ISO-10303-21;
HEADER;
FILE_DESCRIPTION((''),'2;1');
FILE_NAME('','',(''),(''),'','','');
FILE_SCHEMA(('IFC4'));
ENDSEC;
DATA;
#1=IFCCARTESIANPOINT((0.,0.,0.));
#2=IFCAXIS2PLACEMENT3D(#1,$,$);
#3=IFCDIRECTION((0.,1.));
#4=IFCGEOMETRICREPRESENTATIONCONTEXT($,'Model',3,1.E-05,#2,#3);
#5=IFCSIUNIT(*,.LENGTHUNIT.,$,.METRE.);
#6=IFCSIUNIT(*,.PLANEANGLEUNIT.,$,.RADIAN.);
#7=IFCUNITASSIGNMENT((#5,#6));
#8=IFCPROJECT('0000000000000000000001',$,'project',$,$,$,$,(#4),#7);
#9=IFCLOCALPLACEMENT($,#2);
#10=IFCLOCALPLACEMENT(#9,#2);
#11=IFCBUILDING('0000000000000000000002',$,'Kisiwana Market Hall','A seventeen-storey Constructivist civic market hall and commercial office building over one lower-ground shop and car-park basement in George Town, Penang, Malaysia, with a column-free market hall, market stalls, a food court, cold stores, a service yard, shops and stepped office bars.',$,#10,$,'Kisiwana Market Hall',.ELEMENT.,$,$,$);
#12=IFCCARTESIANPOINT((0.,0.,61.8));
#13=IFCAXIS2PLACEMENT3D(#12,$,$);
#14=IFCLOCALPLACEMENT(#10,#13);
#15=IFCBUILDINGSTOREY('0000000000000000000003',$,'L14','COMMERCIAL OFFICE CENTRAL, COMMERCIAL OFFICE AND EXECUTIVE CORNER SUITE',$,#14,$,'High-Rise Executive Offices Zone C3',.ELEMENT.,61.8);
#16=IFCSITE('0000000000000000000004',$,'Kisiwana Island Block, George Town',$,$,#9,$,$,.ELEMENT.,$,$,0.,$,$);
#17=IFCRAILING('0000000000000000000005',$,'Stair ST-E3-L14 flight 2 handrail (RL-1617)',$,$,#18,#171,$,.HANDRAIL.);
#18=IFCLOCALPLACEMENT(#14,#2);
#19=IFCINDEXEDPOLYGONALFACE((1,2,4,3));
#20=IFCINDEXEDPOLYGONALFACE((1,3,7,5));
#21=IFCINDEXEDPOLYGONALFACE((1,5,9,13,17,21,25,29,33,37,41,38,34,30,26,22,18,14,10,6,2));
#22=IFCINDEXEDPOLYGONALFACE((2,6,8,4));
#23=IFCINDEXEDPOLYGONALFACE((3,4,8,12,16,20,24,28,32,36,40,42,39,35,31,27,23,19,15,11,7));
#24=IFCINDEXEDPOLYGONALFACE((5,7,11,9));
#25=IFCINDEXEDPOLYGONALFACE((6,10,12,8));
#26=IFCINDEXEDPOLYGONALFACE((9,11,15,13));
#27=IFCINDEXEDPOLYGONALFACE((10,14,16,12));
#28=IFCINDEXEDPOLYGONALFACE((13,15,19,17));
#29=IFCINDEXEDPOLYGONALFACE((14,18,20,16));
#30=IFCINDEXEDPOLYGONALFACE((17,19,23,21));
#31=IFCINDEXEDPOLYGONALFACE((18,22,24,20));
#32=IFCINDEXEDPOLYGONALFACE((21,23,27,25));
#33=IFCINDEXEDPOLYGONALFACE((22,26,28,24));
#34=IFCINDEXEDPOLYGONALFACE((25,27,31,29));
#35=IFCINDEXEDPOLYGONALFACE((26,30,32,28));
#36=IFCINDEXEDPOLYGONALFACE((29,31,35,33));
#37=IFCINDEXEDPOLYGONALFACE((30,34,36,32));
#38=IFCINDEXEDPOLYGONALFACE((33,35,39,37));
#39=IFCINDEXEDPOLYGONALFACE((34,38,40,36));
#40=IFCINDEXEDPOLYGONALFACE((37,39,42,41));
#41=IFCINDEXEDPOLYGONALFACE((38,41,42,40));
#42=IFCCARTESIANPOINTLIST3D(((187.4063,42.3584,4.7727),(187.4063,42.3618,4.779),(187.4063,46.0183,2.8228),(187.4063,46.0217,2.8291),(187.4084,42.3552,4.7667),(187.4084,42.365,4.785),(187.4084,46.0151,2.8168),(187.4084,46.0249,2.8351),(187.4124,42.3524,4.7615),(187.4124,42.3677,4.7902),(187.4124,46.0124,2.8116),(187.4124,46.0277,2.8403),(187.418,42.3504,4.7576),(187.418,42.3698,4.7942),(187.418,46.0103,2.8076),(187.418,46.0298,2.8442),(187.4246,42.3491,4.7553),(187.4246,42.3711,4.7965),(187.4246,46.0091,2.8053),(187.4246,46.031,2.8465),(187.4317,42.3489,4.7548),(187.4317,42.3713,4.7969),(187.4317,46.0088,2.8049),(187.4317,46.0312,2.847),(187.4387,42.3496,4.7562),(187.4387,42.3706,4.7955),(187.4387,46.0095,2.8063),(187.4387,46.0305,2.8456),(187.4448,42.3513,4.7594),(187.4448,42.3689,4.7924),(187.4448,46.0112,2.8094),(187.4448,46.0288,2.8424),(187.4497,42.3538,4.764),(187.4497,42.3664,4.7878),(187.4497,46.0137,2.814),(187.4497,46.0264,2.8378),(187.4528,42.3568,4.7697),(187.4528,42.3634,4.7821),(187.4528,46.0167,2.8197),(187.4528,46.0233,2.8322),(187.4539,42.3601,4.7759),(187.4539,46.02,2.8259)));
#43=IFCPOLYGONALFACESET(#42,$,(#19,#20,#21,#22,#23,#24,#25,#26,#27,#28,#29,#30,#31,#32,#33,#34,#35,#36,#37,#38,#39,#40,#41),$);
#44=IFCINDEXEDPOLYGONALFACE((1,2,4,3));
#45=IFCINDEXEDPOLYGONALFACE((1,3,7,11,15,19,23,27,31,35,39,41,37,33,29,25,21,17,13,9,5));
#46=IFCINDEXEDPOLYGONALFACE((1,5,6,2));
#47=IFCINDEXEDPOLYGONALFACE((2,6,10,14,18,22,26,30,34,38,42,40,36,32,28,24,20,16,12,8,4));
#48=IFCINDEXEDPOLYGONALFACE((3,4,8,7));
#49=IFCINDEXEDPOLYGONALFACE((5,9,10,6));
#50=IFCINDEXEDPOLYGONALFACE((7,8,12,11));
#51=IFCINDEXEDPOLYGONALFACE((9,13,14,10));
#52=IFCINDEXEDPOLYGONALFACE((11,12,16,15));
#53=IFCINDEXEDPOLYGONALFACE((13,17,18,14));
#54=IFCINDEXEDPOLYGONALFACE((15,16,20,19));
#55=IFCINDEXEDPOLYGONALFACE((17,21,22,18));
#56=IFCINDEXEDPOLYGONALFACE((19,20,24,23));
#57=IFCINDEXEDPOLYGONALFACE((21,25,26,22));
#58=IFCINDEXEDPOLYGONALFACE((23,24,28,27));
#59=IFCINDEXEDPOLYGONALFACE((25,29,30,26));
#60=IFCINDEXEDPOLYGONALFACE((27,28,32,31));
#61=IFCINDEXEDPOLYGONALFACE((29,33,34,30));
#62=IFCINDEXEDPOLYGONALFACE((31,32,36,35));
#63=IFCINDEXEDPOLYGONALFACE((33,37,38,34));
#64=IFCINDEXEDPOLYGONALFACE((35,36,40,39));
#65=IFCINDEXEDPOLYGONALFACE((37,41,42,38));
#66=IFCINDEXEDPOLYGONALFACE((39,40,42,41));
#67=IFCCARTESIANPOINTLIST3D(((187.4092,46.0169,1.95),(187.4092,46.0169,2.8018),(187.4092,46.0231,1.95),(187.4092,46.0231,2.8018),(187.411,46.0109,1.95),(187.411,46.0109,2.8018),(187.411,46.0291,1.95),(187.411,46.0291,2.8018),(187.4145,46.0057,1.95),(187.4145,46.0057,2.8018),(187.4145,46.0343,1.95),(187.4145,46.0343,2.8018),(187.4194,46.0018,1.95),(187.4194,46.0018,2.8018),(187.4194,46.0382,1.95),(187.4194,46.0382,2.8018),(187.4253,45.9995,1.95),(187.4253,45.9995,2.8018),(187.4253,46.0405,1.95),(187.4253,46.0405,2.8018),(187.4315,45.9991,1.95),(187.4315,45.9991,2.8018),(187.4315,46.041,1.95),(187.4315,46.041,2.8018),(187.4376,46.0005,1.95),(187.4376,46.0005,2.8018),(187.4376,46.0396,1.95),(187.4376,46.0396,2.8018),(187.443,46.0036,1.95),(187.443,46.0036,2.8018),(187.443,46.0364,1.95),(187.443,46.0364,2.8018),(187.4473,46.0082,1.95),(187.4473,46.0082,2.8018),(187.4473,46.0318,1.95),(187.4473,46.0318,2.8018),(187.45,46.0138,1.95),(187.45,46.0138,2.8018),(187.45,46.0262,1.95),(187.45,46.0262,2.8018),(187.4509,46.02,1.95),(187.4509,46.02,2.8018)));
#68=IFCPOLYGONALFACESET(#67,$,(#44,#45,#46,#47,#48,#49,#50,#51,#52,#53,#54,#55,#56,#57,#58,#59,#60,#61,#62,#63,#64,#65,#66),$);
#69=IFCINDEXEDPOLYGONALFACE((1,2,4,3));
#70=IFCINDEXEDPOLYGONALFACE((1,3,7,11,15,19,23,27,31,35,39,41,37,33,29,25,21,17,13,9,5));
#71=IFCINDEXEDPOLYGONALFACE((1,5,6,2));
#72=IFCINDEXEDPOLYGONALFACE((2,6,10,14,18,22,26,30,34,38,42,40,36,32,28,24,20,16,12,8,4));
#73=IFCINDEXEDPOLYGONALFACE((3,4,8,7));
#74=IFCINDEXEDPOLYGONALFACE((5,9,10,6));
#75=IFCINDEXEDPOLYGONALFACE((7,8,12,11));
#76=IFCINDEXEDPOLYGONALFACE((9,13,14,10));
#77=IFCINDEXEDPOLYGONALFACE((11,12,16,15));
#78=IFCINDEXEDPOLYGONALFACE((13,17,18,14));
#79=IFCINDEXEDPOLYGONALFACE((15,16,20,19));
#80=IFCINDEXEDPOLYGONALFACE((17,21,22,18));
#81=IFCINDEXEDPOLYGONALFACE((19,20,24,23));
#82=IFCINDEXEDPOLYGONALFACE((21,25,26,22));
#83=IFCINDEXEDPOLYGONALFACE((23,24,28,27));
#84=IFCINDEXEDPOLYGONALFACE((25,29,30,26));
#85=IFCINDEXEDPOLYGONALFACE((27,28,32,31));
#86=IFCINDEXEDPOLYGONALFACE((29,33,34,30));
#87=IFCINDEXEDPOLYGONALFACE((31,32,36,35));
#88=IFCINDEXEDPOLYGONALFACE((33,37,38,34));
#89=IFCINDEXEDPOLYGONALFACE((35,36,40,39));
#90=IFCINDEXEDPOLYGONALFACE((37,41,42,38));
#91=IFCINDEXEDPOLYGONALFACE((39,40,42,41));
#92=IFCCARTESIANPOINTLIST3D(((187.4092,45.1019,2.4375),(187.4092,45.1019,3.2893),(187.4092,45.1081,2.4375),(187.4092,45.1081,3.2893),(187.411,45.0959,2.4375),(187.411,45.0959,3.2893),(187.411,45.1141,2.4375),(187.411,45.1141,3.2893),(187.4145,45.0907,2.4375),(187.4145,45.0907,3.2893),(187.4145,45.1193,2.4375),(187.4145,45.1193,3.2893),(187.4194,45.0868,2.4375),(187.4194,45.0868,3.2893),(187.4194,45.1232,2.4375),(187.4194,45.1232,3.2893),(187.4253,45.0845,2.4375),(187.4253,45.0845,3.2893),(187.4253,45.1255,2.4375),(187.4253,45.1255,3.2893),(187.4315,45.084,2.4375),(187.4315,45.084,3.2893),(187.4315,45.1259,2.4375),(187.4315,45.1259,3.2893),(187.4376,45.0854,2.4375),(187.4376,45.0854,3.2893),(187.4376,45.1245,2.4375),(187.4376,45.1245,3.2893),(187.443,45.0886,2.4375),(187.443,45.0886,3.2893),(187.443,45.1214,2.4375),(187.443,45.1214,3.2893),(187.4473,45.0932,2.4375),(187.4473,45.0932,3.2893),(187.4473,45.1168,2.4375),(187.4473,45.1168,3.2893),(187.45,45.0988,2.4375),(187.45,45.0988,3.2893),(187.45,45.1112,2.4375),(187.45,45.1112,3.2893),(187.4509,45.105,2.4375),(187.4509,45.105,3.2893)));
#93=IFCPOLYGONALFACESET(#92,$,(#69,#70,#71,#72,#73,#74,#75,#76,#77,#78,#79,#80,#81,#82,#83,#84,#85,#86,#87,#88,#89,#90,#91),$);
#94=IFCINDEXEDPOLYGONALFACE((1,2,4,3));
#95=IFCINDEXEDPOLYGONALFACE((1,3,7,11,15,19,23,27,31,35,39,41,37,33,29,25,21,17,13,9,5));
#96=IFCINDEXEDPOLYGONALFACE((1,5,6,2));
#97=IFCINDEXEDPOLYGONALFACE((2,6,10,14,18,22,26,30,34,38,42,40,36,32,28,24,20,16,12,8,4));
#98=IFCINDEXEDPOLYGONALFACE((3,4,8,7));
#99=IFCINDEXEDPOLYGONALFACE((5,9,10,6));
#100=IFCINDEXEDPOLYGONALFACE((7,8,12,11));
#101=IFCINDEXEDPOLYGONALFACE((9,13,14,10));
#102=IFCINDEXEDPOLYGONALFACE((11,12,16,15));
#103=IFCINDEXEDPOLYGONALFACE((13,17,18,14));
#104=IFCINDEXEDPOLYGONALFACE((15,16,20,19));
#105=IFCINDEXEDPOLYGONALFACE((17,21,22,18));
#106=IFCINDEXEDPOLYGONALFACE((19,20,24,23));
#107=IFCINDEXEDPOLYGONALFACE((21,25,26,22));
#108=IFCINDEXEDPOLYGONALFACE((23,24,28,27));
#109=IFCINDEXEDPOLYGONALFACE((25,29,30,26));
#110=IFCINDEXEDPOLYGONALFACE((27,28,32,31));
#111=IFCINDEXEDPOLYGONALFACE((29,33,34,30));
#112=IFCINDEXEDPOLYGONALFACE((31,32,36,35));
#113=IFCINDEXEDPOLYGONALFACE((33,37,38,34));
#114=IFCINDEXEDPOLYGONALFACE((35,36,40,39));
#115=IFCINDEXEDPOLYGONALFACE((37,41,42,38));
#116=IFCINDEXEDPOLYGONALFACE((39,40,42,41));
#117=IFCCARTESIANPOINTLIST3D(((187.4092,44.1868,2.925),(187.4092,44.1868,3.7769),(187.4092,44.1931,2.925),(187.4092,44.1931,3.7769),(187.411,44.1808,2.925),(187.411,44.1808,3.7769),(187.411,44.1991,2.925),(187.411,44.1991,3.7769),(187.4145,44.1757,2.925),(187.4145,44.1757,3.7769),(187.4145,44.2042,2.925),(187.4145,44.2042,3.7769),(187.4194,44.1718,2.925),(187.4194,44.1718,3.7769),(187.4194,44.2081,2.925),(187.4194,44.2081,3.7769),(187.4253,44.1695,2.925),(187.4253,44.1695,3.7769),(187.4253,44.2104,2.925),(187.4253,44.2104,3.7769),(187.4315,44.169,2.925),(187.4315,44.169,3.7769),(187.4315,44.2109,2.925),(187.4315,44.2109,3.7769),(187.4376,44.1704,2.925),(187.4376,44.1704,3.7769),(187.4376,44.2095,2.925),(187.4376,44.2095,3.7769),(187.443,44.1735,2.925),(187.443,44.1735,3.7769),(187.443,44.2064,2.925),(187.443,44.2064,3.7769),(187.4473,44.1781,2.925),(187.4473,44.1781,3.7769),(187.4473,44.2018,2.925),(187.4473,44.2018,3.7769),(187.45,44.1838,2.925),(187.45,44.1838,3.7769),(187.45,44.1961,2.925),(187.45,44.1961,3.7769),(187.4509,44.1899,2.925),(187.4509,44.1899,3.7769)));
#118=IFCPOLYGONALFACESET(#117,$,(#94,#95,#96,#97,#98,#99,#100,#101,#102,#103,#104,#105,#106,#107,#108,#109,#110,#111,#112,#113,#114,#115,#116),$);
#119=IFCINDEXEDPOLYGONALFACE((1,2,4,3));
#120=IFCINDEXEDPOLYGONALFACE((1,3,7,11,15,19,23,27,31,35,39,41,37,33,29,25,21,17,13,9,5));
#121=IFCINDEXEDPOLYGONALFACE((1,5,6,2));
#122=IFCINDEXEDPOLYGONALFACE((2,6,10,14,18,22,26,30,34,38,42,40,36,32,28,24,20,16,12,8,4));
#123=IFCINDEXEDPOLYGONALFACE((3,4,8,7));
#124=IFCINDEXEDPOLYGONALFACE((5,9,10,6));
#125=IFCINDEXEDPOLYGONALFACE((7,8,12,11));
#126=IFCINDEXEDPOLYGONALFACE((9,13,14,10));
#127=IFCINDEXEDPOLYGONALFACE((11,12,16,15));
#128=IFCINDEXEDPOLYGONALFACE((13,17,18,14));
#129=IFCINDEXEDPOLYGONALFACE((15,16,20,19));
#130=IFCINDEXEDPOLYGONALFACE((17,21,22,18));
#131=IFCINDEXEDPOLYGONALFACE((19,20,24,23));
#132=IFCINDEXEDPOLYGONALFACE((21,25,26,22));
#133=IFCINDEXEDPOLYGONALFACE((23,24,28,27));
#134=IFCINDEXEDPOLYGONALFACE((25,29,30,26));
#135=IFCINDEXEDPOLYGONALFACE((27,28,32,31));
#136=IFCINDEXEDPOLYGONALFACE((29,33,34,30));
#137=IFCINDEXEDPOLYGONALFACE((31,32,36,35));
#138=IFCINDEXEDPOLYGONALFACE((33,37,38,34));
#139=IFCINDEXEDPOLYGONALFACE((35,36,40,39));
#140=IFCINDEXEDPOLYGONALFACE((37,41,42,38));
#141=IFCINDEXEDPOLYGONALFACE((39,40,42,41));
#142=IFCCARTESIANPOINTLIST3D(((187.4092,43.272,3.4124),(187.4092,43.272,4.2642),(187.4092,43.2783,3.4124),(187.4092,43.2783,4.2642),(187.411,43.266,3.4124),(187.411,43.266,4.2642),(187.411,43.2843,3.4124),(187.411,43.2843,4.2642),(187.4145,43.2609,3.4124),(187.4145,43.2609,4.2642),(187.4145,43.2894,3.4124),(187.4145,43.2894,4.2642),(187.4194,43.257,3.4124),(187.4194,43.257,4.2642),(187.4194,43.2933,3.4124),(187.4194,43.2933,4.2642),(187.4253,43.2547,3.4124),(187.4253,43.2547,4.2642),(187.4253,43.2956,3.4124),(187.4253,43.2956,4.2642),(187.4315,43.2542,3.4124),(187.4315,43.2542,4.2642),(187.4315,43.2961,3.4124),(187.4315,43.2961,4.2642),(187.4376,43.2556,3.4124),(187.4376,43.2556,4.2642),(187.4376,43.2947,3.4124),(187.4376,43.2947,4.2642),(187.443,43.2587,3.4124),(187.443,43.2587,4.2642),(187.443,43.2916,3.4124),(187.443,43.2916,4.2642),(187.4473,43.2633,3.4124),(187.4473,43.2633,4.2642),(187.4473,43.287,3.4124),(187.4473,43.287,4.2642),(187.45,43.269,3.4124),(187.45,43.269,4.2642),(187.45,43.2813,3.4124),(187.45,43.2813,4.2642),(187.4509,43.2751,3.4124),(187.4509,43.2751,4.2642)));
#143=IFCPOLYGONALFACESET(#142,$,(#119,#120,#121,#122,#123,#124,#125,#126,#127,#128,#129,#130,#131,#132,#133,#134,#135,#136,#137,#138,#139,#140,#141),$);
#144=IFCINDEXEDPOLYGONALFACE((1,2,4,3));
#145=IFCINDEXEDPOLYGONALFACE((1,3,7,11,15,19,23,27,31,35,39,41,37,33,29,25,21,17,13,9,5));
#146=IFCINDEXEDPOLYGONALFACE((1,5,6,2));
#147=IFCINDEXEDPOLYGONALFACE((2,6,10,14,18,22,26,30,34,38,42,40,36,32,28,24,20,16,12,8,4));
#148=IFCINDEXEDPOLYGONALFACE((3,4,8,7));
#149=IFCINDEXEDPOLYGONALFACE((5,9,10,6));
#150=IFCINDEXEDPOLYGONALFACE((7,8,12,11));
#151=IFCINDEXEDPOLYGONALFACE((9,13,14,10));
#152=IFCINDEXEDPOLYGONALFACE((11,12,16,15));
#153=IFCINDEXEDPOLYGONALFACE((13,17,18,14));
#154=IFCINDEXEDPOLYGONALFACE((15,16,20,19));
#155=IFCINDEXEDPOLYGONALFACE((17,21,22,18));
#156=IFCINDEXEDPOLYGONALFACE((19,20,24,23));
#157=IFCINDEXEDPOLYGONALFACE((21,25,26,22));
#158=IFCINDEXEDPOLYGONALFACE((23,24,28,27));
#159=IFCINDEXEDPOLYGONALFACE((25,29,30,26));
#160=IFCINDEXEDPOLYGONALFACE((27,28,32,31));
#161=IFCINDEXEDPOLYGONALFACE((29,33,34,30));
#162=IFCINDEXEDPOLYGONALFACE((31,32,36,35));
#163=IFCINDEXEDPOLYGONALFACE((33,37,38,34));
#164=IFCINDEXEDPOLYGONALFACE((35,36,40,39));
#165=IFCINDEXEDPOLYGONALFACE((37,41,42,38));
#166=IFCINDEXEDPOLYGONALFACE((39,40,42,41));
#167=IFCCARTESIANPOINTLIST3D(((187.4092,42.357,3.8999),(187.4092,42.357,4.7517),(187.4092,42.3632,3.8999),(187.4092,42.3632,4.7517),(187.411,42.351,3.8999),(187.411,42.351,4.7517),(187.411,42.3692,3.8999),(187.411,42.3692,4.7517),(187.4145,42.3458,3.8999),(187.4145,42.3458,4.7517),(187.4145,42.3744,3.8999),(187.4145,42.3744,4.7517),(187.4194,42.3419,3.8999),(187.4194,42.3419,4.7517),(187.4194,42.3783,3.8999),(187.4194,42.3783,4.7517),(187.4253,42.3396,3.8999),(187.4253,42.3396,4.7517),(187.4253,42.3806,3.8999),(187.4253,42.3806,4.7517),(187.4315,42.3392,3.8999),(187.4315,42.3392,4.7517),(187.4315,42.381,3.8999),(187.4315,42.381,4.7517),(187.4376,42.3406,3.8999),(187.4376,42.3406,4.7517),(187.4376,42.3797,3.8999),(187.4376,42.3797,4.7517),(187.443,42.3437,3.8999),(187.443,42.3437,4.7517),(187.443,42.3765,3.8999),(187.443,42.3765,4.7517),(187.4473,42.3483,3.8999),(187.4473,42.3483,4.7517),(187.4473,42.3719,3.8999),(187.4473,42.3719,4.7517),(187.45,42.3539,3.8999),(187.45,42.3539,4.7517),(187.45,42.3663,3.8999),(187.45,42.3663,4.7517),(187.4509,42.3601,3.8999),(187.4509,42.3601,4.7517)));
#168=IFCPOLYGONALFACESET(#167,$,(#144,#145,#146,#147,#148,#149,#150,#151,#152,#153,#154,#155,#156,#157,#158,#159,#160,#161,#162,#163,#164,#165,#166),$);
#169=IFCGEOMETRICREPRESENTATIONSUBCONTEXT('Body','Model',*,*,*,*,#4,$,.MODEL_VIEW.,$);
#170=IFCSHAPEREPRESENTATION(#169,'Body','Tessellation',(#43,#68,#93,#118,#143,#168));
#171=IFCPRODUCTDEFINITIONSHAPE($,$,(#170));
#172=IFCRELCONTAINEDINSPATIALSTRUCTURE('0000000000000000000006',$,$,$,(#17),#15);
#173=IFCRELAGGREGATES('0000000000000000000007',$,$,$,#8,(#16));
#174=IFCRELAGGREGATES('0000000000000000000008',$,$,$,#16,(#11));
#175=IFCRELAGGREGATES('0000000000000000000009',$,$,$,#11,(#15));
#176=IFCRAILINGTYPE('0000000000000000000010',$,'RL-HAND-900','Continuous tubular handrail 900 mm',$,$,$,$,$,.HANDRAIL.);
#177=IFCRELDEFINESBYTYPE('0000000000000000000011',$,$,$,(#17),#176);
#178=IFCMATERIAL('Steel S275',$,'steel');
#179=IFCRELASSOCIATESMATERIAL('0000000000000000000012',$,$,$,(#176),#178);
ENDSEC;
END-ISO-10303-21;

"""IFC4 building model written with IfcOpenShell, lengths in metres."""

from ifc_helpers import new_model, si_unit, direction, frame, origin, origin_2d, place, context, subcontext, project, spatial, circle, extrude, material, type_object, element, save


model = new_model("IFC4")

# Units and contexts
model_context = context("Model", 3, precision=1e-05, world=origin(), true_north=direction((0.0, 1.0)))
body_context = subcontext(model_context, "Body", "Model", "MODEL_VIEW")
ifc_project = project(units=[si_unit("LENGTHUNIT", "METRE"), si_unit("PLANEANGLEUNIT", "RADIAN")], contexts=[model_context])

# Site, building, storey
site_placement = place(None, origin())
site = spatial("IfcSite", under=ifc_project, at=site_placement, Name="Kisiwana Island Block, George Town", CompositionType="ELEMENT", RefElevation=0.0)
building_placement = place(site_placement, origin())
building = spatial("IfcBuilding", under=site, at=building_placement, Name="Kisiwana Market Hall", Description="A seventeen-storey Constructivist civic market hall and commercial office building over one lower-ground shop and car-park basement in George Town, Penang, Malaysia, with a column-free market hall, market stalls, a food court, cold stores, a service yard, shops and stepped office bars.", LongName="Kisiwana Market Hall", CompositionType="ELEMENT")
storey_placement = place(building_placement, frame((0.0, 0.0, 61.8)))
storey = spatial("IfcBuildingStorey", under=building, at=storey_placement, Name="L14", Description="COMMERCIAL OFFICE CENTRAL, COMMERCIAL OFFICE AND EXECUTIVE CORNER SUITE", LongName="High-Rise Executive Offices Zone C3", CompositionType="ELEMENT", Elevation=61.8)

# Railing
ifc_material_1 = material(Name="Steel S275", Category="steel")
railing_type_1 = type_object("IfcRailingType", Name="RL-HAND-900", Description="Continuous tubular handrail 900 mm", PredefinedType="HANDRAIL", material=ifc_material_1)
railing_1_placement = place(storey_placement, frame((187.4299, 46.02, 1.95)))
element("IfcRailing", 1, at=railing_1_placement, inside=storey, type_object=railing_type_1, Name="Stair ST-E3-L14 flight 2 handrail (RL-1617)", PredefinedType="HANDRAIL", context=body_context, shape_type="SweptSolid", body=[
    extrude(circle(Radius=0.0239, at=origin_2d()), frame((0.0, 0.0, 0.876), z_axis=(0.0, -0.882553, 0.470212), x_axis=(1.0, 0.0, 0.0)), (0.0, 0.0, 1.0), 4.147),
    extrude(circle(Radius=0.021, at=origin_2d()), origin(), (0.0, 0.0, 1.0), 0.8518),
    extrude(circle(Radius=0.021, at=origin_2d()), frame((0.0, -0.915, 0.4875)), (0.0, 0.0, 1.0), 0.8518),
    extrude(circle(Radius=0.021, at=origin_2d()), frame((0.0, -1.8301, 0.9751)), (0.0, 0.0, 1.0), 0.8518),
    extrude(circle(Radius=0.021, at=origin_2d()), frame((0.0, -2.7449, 1.4624)), (0.0, 0.0, 1.0), 0.8518),
    extrude(circle(Radius=0.021, at=origin_2d()), frame((0.0, -3.6599, 1.95)), (0.0, 0.0, 1.0), 0.8518),
])

save(model, "model.ifc")
